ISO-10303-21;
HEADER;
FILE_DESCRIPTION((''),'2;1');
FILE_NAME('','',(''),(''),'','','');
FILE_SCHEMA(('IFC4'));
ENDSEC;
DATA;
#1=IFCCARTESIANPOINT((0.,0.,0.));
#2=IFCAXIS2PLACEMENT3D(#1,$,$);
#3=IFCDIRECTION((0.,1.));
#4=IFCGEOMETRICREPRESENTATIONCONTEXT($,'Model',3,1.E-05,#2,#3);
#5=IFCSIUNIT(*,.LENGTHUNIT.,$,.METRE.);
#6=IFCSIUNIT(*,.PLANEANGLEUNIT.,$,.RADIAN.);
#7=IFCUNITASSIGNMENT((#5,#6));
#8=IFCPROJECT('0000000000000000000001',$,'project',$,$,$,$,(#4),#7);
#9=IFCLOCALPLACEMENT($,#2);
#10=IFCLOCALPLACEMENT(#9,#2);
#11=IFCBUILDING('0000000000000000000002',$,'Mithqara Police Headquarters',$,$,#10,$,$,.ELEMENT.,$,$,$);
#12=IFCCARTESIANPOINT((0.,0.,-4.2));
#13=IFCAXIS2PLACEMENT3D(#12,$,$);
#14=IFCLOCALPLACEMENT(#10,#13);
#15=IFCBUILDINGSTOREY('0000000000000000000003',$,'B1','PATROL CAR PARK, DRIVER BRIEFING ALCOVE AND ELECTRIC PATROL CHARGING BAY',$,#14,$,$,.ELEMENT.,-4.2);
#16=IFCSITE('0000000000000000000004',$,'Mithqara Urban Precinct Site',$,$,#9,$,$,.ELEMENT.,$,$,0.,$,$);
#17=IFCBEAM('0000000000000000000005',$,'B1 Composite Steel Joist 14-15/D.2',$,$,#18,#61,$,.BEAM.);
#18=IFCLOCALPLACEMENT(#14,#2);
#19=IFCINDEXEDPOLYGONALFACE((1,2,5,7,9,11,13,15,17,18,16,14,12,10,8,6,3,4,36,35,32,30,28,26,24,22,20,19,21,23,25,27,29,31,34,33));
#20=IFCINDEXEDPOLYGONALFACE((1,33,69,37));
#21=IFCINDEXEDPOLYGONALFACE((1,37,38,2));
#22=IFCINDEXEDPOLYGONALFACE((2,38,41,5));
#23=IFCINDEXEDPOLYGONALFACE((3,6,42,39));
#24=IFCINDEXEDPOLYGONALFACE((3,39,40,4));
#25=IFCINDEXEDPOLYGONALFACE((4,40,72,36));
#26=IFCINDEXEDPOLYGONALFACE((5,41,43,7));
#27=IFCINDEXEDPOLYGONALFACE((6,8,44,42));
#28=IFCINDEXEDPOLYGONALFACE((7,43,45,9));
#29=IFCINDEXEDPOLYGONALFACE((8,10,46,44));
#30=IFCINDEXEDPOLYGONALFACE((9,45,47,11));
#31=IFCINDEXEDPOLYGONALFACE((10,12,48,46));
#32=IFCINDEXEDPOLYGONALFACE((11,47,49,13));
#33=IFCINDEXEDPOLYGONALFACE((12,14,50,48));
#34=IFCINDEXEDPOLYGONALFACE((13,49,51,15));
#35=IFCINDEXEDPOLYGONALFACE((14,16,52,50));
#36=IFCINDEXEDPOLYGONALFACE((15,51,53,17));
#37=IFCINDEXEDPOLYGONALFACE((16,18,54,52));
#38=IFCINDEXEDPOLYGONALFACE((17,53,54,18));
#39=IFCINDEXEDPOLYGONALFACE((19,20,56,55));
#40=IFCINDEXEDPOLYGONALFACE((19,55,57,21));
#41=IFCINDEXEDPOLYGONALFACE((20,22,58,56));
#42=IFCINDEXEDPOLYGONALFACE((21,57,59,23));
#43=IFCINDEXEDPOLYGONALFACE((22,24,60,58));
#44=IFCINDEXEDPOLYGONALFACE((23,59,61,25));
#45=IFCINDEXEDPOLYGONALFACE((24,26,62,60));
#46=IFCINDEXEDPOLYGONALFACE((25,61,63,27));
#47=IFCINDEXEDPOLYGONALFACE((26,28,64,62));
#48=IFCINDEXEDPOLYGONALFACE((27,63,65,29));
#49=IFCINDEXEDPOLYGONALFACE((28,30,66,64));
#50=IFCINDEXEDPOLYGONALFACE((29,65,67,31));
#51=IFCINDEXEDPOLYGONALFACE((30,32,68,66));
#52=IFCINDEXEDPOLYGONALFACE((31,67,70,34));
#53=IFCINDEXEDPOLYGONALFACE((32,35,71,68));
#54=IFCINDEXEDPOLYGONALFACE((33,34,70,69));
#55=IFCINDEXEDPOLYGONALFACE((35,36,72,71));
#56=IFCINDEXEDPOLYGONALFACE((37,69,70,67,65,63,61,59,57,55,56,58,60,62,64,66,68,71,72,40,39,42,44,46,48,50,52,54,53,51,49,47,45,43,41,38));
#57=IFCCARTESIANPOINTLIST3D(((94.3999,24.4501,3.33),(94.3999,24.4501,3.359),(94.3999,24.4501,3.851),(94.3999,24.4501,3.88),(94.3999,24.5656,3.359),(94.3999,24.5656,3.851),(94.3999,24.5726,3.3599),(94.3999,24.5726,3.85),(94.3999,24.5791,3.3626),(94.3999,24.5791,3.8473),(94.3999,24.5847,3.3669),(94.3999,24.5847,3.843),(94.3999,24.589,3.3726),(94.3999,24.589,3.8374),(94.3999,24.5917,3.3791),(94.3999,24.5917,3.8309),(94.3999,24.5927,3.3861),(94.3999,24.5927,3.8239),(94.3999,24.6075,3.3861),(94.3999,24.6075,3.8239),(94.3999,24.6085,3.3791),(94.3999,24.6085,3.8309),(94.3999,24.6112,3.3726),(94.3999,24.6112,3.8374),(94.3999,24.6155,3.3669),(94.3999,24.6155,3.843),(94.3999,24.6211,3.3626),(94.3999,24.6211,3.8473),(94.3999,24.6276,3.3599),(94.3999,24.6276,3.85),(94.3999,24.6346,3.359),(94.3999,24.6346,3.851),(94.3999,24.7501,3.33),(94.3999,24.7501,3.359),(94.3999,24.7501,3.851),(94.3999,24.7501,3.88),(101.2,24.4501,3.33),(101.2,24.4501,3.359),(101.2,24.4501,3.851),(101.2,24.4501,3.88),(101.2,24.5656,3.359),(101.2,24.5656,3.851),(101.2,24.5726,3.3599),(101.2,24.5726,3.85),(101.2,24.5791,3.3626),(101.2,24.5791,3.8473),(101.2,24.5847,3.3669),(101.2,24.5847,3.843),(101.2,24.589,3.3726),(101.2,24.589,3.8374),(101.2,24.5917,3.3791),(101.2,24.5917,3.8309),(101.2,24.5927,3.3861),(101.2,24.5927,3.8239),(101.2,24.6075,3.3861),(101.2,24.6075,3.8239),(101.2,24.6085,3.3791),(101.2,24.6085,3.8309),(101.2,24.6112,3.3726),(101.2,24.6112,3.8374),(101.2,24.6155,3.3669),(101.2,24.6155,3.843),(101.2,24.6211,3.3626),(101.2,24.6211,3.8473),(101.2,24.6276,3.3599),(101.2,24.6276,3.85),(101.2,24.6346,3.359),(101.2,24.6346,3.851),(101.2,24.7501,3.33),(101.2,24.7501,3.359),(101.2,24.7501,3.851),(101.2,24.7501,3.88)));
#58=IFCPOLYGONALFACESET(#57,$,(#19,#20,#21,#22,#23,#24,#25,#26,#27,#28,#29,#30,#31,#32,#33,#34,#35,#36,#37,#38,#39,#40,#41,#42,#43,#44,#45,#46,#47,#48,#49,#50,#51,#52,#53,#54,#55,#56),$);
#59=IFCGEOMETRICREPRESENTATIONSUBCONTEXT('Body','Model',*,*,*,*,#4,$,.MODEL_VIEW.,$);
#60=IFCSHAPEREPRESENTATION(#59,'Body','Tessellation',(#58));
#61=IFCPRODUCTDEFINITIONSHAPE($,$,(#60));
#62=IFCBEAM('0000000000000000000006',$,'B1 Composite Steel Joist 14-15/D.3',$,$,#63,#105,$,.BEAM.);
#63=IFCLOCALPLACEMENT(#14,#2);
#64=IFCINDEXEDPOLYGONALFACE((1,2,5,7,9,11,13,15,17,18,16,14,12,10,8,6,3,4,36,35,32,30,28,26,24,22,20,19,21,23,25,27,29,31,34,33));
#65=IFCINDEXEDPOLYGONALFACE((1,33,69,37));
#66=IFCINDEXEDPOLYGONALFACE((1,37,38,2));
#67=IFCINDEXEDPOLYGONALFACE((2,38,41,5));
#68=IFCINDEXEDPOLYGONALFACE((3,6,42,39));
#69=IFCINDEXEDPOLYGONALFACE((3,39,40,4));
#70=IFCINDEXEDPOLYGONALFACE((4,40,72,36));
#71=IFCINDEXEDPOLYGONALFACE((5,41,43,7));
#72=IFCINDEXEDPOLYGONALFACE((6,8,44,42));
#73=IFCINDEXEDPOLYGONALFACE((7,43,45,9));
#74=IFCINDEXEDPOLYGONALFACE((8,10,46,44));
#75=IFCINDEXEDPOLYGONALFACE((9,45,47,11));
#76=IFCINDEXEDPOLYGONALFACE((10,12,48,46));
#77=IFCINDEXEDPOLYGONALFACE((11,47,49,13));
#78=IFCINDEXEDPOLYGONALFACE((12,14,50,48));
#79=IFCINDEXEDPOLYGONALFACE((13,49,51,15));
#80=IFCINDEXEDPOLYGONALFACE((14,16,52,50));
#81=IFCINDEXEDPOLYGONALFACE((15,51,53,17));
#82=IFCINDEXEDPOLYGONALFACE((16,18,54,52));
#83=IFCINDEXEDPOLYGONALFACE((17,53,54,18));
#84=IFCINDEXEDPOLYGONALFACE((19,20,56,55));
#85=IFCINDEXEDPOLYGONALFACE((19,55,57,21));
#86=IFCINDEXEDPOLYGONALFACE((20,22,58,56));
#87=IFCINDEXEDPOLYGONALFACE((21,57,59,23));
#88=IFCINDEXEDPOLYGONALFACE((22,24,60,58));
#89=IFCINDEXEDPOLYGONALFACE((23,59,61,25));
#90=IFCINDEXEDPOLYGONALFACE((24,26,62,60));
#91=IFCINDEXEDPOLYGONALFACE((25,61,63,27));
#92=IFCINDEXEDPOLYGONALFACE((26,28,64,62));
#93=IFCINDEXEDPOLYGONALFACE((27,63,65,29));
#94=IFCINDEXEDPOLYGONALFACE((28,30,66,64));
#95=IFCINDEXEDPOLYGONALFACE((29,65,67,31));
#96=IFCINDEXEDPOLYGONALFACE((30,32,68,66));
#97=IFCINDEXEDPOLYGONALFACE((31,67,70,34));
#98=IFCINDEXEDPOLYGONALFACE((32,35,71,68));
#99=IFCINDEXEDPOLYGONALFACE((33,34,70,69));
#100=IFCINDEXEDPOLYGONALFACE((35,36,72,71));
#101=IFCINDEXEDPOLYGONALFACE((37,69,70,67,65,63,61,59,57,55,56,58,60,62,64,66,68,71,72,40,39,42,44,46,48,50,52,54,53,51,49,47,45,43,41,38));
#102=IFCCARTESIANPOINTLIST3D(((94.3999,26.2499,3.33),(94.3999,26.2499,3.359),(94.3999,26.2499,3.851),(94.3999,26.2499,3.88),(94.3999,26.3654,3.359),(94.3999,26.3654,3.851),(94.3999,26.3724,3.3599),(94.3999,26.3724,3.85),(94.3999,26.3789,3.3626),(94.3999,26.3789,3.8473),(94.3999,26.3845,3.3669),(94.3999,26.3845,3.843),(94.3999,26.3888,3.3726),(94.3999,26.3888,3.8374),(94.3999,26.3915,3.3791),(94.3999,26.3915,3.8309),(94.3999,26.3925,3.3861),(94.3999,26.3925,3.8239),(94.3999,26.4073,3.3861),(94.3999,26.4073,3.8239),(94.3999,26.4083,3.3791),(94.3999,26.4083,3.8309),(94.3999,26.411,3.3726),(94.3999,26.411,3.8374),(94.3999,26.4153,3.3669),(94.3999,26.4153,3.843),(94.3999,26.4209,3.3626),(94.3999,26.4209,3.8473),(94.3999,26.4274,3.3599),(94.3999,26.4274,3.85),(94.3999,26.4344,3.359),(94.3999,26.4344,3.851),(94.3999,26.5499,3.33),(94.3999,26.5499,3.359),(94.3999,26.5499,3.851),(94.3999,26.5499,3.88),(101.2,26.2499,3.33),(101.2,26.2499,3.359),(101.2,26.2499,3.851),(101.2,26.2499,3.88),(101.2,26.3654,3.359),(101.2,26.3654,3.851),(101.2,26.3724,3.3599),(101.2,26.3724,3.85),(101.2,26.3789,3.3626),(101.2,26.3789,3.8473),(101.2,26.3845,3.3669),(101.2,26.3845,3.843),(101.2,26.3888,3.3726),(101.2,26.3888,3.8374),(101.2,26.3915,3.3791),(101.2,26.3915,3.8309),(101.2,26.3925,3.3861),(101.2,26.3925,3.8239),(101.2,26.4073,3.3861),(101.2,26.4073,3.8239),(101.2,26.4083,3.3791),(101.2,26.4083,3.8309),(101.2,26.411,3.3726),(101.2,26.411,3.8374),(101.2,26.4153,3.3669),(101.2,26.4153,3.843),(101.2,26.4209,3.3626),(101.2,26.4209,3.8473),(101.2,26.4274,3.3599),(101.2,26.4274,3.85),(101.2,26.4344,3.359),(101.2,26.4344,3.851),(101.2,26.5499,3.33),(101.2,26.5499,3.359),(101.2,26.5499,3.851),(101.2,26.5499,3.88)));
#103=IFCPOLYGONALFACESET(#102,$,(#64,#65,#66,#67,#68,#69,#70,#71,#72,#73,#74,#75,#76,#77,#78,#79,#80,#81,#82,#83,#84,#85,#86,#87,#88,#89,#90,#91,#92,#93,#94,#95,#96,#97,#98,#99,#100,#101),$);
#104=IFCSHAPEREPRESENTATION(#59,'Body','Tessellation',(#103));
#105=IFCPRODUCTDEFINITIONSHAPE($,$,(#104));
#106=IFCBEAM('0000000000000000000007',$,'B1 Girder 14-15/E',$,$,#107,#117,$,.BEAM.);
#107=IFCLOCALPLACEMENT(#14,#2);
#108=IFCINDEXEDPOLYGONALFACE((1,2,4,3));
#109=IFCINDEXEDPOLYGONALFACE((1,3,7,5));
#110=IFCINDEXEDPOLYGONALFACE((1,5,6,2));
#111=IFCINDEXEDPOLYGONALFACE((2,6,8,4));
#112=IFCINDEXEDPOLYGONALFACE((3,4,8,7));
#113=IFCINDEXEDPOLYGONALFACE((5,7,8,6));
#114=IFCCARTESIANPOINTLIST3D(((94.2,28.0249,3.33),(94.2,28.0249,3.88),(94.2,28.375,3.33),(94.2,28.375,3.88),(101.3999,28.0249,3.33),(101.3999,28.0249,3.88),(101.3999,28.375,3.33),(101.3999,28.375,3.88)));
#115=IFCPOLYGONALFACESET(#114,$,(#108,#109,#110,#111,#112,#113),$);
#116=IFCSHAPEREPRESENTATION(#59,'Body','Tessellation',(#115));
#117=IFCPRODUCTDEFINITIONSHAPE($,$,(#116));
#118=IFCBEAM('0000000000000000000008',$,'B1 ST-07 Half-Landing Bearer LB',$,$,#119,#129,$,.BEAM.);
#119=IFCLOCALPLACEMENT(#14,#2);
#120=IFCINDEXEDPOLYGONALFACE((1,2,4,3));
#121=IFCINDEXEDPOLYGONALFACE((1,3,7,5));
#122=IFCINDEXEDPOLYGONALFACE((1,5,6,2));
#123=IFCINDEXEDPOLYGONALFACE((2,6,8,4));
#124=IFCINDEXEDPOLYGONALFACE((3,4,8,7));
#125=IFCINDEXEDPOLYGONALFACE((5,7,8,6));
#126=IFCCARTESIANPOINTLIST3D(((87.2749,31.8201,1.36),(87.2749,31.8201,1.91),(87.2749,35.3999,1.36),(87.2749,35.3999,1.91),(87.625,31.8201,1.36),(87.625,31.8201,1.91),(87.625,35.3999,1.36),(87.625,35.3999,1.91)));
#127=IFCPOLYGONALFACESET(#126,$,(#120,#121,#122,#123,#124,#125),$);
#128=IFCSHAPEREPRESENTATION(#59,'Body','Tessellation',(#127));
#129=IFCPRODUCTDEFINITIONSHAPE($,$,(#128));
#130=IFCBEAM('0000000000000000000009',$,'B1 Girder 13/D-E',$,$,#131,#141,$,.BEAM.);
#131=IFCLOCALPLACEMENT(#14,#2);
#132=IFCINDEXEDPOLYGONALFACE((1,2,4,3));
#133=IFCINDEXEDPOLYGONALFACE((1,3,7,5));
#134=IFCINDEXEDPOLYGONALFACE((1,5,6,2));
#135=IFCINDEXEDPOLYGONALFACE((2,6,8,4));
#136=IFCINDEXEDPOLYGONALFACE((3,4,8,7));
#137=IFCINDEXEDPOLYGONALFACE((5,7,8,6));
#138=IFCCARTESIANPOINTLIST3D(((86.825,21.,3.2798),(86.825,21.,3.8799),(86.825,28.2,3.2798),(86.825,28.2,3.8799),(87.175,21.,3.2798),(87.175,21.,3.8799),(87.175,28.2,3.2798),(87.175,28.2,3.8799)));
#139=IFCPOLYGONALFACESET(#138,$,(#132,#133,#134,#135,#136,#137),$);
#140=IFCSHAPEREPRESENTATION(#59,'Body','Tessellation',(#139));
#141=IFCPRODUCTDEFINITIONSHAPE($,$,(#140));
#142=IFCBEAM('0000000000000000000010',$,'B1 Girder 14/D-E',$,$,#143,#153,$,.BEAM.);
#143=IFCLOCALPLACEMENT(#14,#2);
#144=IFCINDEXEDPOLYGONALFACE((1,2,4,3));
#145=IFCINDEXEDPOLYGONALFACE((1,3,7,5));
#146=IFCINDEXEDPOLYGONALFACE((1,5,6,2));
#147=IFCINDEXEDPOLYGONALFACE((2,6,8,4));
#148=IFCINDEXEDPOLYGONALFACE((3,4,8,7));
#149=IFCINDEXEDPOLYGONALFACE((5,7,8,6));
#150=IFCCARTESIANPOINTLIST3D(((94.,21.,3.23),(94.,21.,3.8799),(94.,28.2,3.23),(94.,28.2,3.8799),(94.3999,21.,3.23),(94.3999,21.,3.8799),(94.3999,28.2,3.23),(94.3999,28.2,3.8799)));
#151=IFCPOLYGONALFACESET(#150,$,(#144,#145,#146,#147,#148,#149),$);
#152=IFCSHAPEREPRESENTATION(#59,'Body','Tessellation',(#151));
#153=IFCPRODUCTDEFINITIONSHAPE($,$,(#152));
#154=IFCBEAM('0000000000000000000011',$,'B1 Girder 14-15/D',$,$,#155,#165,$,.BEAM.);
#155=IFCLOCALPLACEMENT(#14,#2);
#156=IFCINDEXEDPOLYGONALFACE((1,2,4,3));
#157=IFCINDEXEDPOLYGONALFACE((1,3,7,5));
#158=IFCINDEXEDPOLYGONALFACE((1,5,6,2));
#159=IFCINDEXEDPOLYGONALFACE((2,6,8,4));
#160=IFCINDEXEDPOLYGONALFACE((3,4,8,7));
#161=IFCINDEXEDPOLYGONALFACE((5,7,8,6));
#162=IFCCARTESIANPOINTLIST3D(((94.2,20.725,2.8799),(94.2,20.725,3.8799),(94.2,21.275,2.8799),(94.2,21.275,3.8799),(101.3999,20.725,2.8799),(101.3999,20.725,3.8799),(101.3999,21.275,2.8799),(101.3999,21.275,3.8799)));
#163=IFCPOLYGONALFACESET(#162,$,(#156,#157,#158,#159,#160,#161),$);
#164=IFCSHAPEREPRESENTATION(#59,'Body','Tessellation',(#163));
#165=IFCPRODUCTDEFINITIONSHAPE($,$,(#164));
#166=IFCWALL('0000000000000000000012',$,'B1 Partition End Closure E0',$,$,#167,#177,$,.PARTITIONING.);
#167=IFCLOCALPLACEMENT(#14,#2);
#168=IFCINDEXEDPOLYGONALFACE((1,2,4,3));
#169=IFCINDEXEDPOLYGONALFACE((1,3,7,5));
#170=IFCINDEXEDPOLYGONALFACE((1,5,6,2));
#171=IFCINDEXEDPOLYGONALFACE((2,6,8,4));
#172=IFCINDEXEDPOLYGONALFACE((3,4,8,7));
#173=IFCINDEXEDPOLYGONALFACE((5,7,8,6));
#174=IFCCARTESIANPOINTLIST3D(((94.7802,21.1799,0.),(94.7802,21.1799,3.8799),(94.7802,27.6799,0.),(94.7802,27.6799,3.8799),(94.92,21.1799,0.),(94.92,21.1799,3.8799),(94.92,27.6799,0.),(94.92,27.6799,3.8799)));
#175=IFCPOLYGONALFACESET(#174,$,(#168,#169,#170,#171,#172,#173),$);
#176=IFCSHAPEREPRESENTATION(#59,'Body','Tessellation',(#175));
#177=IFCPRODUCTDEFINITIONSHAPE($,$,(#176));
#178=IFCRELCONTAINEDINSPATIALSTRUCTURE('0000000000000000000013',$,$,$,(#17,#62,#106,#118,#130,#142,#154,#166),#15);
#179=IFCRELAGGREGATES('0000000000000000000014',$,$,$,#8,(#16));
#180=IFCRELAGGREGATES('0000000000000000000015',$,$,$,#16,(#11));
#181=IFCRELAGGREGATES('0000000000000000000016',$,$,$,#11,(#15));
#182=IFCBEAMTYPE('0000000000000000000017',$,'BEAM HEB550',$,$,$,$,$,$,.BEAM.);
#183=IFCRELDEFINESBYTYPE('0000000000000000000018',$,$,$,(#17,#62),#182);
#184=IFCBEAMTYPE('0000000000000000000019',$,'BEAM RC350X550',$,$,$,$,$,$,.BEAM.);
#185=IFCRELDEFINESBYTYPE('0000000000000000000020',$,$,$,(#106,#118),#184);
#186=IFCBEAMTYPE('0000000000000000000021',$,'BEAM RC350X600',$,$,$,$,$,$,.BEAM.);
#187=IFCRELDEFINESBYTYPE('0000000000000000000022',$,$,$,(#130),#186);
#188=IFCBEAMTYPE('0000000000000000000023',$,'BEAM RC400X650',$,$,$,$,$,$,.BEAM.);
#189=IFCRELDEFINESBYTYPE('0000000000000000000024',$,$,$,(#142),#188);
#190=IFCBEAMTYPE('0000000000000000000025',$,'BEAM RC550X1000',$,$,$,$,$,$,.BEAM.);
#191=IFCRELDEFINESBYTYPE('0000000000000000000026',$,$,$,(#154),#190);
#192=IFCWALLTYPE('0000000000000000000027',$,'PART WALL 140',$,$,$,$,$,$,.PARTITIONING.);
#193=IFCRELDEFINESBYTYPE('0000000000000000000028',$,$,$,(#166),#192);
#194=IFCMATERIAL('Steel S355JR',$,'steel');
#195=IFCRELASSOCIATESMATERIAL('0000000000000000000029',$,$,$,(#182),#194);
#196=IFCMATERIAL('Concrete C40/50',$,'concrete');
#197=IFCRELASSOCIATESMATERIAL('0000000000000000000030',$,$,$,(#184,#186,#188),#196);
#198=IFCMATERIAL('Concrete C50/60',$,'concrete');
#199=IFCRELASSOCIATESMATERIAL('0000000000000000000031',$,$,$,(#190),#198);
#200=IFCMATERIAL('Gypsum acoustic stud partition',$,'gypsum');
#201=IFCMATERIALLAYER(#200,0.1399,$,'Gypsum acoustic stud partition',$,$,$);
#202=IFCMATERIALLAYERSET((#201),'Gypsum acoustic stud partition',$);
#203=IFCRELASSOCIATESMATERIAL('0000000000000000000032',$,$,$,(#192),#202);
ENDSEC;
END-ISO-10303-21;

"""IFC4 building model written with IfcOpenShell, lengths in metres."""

from ifc_helpers import new_model, si_unit, direction, frame, frame_2d, origin, origin_2d, place, context, subcontext, project, spatial, rectangle, i_section, extrude, material, layer, layer_set, material_profile, profile_set, type_object, element, save


model = new_model("IFC4")

# Units and contexts
model_context = context("Model", 3, precision=1e-05, world=origin(), true_north=direction((0.0, 1.0)))
body_context = subcontext(model_context, "Body", "Model", "MODEL_VIEW")
ifc_project = project(units=[si_unit("LENGTHUNIT", "METRE"), si_unit("PLANEANGLEUNIT", "RADIAN")], contexts=[model_context])

# Site, building, storey
site_placement = place(None, origin())
site = spatial("IfcSite", under=ifc_project, at=site_placement, Name="Mithqara Urban Precinct Site", CompositionType="ELEMENT", RefElevation=0.0)
building_placement = place(site_placement, origin())
building = spatial("IfcBuilding", under=site, at=building_placement, Name="Mithqara Police Headquarters", CompositionType="ELEMENT")
storey_placement = place(building_placement, frame((0.0, 0.0, -4.2)))
storey = spatial("IfcBuildingStorey", under=building, at=storey_placement, Name="B1", Description="PATROL CAR PARK, DRIVER BRIEFING ALCOVE AND ELECTRIC PATROL CHARGING BAY", CompositionType="ELEMENT", Elevation=-4.2)

# Shared definitions
ifc_material_1 = material(Name="Concrete C40/50", Category="concrete")

# Shared definitions
ifc_material_2 = material(Name="Concrete C50/60", Category="concrete")

# Beams
ifc_material_3 = material(Name="Steel S355JR", Category="steel")
ifc_material_profile_1 = material_profile(ifc_material_3, i_section(OverallWidth=0.3, OverallDepth=0.55, WebThickness=0.0149, FlangeThickness=0.0291, FilletRadius=0.0271, at=origin_2d()), Name="HEB 550")
ifc_profile_set_1 = profile_set([ifc_material_profile_1], Name="Steel S355JR")
beam_type_1 = type_object("IfcBeamType", Name="BEAM HEB550", PredefinedType="BEAM", material=ifc_profile_set_1)
for number, where, z_axis, x_axis, name in (
    (1, (94.3999, 24.6001, 3.605), (1.0, 0.0, 0.0), (0.0, 1.0, 0.0), "B1 Composite Steel Joist 14-15/D.2"),
    (2, (94.3999, 26.3999, 3.605), (1.0, 0.0, 0.0), (0.0, 1.0, 0.0), "B1 Composite Steel Joist 14-15/D.3"),
):
    element("IfcBeam", number, at=place(storey_placement, frame(where, z_axis=z_axis, x_axis=x_axis)), inside=storey, type_object=beam_type_1, Name=name, PredefinedType="BEAM", context=body_context, shape_type="SweptSolid", body=[
        extrude(i_section(OverallWidth=0.3, OverallDepth=0.55, WebThickness=0.0149, FlangeThickness=0.0291, FilletRadius=0.0271, at=origin_2d()), origin(), (0.0, 0.0, 1.0), 6.8),
    ])
ifc_material_profile_2 = material_profile(ifc_material_1, rectangle(XDim=0.3501, YDim=0.55, at=origin_2d()), Name="RC 350x550")
ifc_profile_set_2 = profile_set([ifc_material_profile_2], Name="Concrete C40/50")
beam_type_2 = type_object("IfcBeamType", Name="BEAM RC350X550", PredefinedType="BEAM", material=ifc_profile_set_2)
beam_1_placement = place(storey_placement, frame((94.2, 28.2, 3.605), z_axis=(1.0, 0.0, 0.0), x_axis=(0.0, 1.0, 0.0)))
element("IfcBeam", 3, at=beam_1_placement, inside=storey, type_object=beam_type_2, Name="B1 Girder 14-15/E", PredefinedType="BEAM", context=body_context, shape_type="SweptSolid", body=[
    extrude(rectangle(XDim=0.3501, YDim=0.55, at=origin_2d()), origin(), (0.0, 0.0, 1.0), 7.2),
])
beam_2_placement = place(storey_placement, frame((87.45, 31.8201, 1.635), z_axis=(0.0, 1.0, 0.0), x_axis=(-1.0, 0.0, 0.0)))
element("IfcBeam", 4, at=beam_2_placement, inside=storey, type_object=beam_type_2, Name="B1 ST-07 Half-Landing Bearer LB", PredefinedType="BEAM", context=body_context, shape_type="SweptSolid", body=[
    extrude(rectangle(XDim=0.3501, YDim=0.55, at=origin_2d()), origin(), (0.0, 0.0, 1.0), 3.5798),
])
ifc_material_profile_3 = material_profile(ifc_material_1, rectangle(XDim=0.3501, YDim=0.6001, at=origin_2d()), Name="RC 350x600")
ifc_profile_set_3 = profile_set([ifc_material_profile_3], Name="Concrete C40/50")
beam_type_3 = type_object("IfcBeamType", Name="BEAM RC350X600", PredefinedType="BEAM", material=ifc_profile_set_3)
beam_3_placement = place(storey_placement, frame((87.0, 21.0, 3.5798), z_axis=(0.0, 1.0, 0.0), x_axis=(-1.0, 0.0, 0.0)))
element("IfcBeam", 5, at=beam_3_placement, inside=storey, type_object=beam_type_3, Name="B1 Girder 13/D-E", PredefinedType="BEAM", context=body_context, shape_type="SweptSolid", body=[
    extrude(rectangle(XDim=0.3501, YDim=0.6001, at=origin_2d()), origin(), (0.0, 0.0, 1.0), 7.2),
])
ifc_material_profile_4 = material_profile(ifc_material_1, rectangle(XDim=0.3999, YDim=0.6499, at=origin_2d()), Name="RC 400x650")
ifc_profile_set_4 = profile_set([ifc_material_profile_4], Name="Concrete C40/50")
beam_type_4 = type_object("IfcBeamType", Name="BEAM RC400X650", PredefinedType="BEAM", material=ifc_profile_set_4)
beam_4_placement = place(storey_placement, frame((94.2, 21.0, 3.5549), z_axis=(0.0, 1.0, 0.0), x_axis=(-1.0, 0.0, 0.0)))
element("IfcBeam", 6, at=beam_4_placement, inside=storey, type_object=beam_type_4, Name="B1 Girder 14/D-E", PredefinedType="BEAM", context=body_context, shape_type="SweptSolid", body=[
    extrude(rectangle(XDim=0.3999, YDim=0.6499, at=origin_2d()), origin(), (0.0, 0.0, 1.0), 7.2),
])
ifc_material_profile_5 = material_profile(ifc_material_2, rectangle(XDim=0.55, YDim=1.0, at=origin_2d()), Name="RC 550x1000")
ifc_profile_set_5 = profile_set([ifc_material_profile_5], Name="Concrete C50/60")
beam_type_5 = type_object("IfcBeamType", Name="BEAM RC550X1000", PredefinedType="BEAM", material=ifc_profile_set_5)
beam_5_placement = place(storey_placement, frame((94.2, 21.0, 3.3799), z_axis=(1.0, 0.0, 0.0), x_axis=(0.0, 1.0, 0.0)))
element("IfcBeam", 7, at=beam_5_placement, inside=storey, type_object=beam_type_5, Name="B1 Girder 14-15/D", PredefinedType="BEAM", context=body_context, shape_type="SweptSolid", body=[
    extrude(rectangle(XDim=0.55, YDim=1.0, at=origin_2d()), origin(), (0.0, 0.0, 1.0), 7.2),
])

# Wall
ifc_material_4 = material(Name="Gypsum acoustic stud partition", Category="gypsum")
ifc_layer_1 = layer(ifc_material_4, 0.1399, Name="Gypsum acoustic stud partition")
ifc_layer_set_1 = layer_set([ifc_layer_1], Name="Gypsum acoustic stud partition")
wall_type_1 = type_object("IfcWallType", Name="PART WALL 140", PredefinedType="PARTITIONING", material=ifc_layer_set_1)
wall_1_placement = place(storey_placement, frame((94.8501, 21.1799, 0.0), z_axis=(0.0, 0.0, 1.0), x_axis=(0.0, 1.0, 0.0)))
element("IfcWall", 8, at=wall_1_placement, inside=storey, type_object=wall_type_1, Name="B1 Partition End Closure E0", PredefinedType="PARTITIONING", context=body_context, shape_type="SweptSolid", body=[
    extrude(rectangle(XDim=6.5, YDim=0.1399, at=frame_2d((3.25, 0.0))), origin(), (0.0, 0.0, 1.0), 3.8799),
])

save(model, "model.ifc")
